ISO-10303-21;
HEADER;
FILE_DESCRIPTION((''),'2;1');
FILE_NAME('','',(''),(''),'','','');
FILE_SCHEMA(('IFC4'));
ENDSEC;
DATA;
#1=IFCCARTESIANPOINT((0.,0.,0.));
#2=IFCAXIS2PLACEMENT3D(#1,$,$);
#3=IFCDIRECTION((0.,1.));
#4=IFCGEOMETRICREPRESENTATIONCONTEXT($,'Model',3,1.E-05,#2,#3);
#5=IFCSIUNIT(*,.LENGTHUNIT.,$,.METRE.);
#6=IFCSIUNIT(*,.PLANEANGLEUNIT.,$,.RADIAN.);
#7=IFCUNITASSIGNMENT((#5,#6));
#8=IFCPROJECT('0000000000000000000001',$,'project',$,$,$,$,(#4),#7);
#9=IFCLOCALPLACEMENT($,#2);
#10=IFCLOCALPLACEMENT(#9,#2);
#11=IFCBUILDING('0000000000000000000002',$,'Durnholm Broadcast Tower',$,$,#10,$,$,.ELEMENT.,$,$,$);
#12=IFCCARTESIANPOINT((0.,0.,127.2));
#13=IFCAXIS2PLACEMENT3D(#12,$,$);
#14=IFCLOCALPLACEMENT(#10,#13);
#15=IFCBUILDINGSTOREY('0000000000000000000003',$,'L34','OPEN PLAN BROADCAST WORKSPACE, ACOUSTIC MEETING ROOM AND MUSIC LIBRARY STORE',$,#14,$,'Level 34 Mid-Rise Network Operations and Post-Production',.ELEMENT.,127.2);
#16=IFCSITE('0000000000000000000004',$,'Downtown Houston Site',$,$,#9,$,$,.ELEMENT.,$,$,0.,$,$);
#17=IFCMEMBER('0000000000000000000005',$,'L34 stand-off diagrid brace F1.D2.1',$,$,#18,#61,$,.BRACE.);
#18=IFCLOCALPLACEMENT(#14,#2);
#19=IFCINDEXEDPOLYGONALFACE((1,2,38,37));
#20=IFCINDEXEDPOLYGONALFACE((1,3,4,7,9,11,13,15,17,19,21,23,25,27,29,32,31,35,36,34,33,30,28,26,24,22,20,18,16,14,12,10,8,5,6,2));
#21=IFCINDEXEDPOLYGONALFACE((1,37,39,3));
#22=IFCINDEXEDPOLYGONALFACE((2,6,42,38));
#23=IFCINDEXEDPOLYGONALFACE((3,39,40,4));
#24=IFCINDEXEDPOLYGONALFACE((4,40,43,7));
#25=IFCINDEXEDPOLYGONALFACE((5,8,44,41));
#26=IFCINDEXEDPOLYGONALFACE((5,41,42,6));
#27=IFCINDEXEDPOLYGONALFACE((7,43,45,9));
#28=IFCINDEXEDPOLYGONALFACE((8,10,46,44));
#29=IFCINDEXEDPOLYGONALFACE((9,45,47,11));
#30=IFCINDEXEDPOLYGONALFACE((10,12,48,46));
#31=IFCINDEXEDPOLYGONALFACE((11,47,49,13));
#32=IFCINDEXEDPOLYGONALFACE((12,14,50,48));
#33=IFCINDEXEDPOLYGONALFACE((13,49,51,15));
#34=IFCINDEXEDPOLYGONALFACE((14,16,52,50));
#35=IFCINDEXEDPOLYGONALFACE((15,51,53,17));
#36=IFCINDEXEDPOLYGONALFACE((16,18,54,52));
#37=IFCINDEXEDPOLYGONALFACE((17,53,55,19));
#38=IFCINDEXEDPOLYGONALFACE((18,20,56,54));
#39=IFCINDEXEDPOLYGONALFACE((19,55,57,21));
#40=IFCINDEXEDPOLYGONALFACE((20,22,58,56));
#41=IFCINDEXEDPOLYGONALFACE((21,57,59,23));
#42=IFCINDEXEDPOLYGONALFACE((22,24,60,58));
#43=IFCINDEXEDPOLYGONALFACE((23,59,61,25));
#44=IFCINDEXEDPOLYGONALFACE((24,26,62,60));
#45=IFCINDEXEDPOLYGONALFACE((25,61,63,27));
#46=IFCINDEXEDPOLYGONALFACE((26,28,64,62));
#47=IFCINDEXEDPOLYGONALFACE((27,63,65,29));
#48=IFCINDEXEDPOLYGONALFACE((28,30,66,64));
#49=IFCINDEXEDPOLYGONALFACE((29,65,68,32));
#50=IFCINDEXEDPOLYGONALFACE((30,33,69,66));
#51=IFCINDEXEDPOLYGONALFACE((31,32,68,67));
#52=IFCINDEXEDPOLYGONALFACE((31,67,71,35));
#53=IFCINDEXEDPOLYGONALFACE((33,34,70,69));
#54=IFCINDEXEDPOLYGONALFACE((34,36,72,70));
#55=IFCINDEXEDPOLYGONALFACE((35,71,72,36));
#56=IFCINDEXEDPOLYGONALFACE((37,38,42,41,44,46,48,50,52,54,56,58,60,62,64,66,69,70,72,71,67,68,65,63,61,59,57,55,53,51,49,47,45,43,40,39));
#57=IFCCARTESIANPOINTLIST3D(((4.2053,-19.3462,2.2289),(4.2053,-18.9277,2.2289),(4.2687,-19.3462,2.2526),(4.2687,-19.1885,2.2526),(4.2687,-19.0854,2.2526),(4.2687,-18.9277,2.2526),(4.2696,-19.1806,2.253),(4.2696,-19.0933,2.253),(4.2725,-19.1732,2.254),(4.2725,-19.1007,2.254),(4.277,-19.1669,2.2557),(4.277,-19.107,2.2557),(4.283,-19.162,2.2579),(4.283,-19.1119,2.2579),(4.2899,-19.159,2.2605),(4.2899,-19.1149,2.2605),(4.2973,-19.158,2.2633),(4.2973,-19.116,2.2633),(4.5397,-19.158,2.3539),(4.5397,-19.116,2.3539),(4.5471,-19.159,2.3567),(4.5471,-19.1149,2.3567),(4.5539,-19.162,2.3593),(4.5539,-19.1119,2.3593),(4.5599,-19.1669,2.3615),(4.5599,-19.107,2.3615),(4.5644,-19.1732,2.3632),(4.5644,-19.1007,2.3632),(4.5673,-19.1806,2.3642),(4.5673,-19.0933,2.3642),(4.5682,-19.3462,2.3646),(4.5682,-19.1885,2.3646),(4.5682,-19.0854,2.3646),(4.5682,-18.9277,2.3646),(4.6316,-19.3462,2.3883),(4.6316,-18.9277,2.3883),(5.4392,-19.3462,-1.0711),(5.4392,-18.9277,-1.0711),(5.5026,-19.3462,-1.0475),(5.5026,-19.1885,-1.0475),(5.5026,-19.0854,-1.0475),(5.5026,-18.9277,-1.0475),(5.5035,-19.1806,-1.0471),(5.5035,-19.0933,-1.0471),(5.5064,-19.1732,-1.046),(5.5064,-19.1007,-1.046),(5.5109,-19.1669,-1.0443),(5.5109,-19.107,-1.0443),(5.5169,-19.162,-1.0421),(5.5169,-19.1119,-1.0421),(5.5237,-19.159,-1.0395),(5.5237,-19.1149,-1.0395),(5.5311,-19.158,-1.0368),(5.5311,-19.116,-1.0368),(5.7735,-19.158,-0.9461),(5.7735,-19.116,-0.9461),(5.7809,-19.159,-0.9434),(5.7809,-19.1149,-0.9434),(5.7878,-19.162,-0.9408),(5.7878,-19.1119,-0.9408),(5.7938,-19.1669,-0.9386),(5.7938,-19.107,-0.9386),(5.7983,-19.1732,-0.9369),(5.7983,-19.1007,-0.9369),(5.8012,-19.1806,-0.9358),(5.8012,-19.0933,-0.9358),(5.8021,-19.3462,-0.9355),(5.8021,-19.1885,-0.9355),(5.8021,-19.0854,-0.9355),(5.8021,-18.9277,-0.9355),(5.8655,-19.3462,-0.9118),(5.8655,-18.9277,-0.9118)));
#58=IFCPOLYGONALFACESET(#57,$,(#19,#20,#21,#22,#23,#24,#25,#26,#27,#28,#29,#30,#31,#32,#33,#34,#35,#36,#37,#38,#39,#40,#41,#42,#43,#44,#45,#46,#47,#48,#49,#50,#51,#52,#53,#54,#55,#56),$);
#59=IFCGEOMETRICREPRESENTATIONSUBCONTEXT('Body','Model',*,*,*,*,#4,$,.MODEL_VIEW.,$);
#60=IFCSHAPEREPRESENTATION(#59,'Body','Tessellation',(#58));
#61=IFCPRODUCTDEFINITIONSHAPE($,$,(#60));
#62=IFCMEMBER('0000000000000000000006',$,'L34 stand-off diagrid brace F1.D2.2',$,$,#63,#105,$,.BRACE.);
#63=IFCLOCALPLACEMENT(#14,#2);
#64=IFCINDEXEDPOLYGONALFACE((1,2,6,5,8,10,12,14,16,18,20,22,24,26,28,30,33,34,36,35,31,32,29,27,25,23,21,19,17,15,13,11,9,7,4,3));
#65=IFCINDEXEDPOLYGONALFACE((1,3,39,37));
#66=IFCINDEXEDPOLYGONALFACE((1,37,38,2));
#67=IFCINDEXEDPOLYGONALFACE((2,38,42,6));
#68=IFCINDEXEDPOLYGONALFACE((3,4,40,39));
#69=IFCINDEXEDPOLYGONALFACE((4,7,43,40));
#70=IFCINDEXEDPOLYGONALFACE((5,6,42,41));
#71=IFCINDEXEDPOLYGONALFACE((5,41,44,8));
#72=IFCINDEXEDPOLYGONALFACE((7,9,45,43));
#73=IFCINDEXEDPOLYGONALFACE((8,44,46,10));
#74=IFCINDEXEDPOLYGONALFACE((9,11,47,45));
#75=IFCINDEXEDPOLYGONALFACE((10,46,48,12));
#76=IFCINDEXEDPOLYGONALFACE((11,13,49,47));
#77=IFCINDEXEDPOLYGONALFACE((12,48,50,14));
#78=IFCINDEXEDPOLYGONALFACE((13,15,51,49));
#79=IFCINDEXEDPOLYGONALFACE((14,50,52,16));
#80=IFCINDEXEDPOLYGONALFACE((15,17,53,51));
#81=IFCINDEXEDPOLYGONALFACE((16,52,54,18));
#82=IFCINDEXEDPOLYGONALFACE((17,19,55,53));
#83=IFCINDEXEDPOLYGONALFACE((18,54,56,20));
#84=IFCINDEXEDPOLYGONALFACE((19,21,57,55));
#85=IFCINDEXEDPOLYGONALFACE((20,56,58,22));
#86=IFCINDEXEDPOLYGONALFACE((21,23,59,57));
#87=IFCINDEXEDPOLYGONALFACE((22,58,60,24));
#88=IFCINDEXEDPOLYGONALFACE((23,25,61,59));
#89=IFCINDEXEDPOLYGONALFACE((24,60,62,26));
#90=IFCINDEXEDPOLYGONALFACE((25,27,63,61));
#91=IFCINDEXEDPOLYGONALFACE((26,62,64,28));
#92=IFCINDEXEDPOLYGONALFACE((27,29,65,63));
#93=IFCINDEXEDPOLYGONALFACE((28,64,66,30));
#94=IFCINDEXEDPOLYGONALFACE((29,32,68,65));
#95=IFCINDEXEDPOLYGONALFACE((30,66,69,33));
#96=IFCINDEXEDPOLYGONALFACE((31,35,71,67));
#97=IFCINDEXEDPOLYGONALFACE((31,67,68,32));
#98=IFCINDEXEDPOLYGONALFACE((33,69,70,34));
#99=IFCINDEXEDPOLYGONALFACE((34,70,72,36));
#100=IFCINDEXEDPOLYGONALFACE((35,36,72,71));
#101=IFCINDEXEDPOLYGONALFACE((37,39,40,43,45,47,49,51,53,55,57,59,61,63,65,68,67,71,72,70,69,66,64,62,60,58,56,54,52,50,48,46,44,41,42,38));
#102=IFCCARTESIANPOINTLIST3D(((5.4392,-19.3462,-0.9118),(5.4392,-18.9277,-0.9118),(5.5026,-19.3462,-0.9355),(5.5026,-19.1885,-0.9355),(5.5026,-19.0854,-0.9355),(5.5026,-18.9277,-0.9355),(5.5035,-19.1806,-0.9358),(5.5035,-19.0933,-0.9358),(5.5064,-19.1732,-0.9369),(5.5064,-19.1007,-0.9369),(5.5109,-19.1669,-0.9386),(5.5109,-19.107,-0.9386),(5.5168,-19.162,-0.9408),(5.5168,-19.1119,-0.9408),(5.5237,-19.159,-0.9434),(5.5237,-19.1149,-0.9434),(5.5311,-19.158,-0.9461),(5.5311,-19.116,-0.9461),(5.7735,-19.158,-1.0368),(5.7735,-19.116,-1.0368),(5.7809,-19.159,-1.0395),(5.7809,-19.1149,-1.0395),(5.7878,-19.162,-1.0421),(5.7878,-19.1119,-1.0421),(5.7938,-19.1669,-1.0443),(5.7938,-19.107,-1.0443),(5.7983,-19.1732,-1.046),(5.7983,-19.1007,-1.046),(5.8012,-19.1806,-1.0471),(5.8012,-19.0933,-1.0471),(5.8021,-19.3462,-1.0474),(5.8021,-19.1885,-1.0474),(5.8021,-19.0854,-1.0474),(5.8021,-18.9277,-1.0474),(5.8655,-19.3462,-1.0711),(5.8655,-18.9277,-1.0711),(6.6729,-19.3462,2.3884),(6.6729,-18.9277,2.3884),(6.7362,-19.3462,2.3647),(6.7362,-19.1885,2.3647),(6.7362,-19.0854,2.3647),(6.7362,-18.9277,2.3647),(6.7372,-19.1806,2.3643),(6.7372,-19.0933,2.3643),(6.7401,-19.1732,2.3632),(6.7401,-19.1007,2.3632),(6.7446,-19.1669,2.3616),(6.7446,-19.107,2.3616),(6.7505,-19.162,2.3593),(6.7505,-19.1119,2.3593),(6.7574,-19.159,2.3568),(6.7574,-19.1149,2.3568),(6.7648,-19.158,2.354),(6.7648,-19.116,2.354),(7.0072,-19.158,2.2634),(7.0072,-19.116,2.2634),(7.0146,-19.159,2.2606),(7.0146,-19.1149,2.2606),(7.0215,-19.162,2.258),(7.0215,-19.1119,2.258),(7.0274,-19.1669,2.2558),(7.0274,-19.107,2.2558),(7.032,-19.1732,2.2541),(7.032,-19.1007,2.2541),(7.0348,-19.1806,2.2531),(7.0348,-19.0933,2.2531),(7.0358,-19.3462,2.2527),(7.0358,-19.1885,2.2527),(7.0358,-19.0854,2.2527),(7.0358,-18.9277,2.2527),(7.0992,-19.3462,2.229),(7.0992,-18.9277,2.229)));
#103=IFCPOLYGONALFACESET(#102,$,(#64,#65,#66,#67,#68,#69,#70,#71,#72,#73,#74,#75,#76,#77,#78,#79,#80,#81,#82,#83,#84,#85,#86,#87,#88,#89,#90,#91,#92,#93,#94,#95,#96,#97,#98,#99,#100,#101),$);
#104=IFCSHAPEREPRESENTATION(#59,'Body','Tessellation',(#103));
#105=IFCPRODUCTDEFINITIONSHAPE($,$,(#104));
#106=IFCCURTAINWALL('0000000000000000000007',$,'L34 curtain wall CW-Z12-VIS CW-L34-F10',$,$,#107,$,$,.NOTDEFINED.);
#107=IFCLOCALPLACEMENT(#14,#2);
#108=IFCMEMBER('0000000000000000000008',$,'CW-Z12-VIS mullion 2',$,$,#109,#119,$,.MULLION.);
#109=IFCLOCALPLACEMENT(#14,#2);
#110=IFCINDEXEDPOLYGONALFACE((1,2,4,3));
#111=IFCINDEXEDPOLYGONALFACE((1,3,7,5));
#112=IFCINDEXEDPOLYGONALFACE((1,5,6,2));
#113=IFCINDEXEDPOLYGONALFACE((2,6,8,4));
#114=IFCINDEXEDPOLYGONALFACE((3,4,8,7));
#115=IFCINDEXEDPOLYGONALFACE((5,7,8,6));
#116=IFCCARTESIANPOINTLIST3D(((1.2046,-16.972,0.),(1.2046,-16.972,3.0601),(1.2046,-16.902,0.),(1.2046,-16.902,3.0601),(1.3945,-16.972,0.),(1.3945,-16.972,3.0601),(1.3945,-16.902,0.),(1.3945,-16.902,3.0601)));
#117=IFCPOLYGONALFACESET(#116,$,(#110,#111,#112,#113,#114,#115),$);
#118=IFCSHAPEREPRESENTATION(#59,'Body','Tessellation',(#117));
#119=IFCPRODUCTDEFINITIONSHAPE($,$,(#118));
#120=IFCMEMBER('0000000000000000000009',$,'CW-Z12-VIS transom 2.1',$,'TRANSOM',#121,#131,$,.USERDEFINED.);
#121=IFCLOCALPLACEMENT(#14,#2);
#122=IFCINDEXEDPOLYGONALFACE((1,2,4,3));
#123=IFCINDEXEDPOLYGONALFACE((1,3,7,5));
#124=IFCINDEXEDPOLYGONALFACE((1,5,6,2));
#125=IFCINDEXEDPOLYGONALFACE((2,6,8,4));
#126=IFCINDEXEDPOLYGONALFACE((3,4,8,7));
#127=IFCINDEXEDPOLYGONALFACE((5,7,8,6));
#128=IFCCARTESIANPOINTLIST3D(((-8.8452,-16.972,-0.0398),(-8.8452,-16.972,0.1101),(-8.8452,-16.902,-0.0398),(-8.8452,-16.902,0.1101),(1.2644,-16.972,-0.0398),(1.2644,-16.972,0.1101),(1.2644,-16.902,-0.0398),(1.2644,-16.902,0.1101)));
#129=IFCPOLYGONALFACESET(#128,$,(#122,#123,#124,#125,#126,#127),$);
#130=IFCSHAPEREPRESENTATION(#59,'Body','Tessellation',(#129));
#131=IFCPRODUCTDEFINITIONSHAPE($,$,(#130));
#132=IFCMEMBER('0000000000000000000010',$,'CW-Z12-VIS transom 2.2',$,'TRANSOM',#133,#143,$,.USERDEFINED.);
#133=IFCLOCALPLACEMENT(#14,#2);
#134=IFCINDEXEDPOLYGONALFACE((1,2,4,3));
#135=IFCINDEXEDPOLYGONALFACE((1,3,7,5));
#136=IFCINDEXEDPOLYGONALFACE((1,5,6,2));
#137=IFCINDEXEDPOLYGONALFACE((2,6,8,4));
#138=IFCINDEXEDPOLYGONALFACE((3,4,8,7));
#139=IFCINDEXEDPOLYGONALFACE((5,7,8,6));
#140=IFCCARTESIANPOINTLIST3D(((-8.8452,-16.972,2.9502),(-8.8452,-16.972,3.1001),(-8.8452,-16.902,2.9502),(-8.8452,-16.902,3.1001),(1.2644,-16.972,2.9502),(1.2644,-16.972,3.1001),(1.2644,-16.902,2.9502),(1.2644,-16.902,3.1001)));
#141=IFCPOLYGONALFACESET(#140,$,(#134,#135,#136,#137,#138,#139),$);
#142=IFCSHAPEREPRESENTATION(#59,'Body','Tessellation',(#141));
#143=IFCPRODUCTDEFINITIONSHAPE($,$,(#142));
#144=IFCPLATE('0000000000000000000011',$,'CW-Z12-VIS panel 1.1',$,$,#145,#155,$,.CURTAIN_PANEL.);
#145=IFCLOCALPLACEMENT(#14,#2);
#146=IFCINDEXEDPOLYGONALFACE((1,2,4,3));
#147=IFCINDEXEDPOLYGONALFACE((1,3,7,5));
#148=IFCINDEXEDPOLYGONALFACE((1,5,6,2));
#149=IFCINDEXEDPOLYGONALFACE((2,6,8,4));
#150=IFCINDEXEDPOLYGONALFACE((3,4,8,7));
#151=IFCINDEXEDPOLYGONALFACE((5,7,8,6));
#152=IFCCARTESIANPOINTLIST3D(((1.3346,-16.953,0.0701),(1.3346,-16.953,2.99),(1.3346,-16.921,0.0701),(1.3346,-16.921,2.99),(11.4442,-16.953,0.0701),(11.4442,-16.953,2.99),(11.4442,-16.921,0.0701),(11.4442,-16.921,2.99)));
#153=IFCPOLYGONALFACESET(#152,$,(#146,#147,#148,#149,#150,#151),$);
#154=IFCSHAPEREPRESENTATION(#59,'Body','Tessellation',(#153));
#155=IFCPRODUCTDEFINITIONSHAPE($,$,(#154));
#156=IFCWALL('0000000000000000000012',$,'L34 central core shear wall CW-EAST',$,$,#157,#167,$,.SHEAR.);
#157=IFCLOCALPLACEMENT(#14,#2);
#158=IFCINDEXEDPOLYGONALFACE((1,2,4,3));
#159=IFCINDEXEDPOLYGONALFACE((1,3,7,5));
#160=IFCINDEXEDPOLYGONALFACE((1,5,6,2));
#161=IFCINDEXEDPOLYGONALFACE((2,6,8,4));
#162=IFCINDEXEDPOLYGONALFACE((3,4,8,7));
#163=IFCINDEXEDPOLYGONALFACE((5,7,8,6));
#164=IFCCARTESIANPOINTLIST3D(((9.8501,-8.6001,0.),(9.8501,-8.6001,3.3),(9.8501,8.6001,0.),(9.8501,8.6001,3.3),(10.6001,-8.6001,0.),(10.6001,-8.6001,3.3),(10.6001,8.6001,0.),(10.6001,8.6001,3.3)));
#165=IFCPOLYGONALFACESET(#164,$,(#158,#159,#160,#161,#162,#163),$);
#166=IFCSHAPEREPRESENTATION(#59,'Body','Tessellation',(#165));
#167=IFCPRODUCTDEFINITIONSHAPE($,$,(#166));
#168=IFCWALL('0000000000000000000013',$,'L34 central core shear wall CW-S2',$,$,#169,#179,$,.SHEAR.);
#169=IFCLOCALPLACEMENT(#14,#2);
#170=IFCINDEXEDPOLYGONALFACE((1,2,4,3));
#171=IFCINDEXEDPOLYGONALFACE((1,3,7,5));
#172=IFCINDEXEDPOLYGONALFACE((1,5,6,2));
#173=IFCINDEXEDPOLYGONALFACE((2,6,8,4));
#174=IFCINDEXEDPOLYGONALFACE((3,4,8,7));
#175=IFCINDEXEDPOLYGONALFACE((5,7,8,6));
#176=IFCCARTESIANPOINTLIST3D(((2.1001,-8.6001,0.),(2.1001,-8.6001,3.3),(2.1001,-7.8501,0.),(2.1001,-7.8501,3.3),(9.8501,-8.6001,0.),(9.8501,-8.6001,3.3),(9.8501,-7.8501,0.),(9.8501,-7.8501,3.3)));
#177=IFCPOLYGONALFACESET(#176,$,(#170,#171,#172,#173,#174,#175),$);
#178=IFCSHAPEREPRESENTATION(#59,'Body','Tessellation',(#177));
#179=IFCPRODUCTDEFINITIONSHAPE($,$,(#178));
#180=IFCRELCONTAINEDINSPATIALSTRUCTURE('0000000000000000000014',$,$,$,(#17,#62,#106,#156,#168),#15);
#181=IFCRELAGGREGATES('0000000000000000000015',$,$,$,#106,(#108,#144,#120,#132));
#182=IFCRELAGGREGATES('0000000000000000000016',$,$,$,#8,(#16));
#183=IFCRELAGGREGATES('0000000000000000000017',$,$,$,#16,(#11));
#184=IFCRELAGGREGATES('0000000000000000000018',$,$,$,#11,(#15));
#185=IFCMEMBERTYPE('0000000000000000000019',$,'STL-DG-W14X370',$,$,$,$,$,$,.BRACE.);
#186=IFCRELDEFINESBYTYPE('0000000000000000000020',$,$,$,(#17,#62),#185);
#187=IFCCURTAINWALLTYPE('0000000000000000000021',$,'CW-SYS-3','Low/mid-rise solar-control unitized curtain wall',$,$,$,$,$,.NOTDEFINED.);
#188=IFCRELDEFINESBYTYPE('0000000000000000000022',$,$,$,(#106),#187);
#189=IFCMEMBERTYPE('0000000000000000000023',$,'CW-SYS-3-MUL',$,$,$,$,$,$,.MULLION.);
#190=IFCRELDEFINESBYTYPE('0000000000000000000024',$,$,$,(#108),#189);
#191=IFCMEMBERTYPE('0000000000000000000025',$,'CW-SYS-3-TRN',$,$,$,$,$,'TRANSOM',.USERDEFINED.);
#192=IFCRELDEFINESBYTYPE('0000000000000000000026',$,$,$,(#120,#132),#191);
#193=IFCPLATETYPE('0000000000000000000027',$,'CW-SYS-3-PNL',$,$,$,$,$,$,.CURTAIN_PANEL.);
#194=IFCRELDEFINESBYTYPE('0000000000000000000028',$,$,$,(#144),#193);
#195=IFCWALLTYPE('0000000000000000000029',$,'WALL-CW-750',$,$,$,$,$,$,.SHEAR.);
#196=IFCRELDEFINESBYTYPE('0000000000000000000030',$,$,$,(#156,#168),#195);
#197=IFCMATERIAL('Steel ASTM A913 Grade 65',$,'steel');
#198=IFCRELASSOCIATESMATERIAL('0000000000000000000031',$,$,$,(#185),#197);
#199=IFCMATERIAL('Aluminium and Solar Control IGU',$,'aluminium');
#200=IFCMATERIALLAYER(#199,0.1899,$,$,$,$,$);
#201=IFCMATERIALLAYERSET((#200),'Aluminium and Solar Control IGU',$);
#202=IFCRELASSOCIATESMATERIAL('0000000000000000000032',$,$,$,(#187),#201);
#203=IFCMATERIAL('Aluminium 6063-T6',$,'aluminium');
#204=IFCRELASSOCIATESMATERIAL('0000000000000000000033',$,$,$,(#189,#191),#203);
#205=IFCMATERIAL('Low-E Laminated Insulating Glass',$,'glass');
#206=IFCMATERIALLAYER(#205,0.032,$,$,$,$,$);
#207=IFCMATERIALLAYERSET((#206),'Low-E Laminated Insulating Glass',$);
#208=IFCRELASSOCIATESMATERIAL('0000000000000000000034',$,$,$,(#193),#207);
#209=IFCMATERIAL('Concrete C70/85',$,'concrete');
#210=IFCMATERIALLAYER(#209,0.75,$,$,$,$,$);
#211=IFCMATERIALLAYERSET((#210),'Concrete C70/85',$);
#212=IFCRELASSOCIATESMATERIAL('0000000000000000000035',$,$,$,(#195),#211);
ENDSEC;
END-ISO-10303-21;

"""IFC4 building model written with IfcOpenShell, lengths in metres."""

from ifc_helpers import new_model, si_unit, direction, frame, frame_2d, origin, origin_2d, place, context, subcontext, project, spatial, rectangle, i_section, extrude, source, transform, mapped, material, layer, layer_set, material_profile, profile_set, type_object, type_shapes, element, aggregate, save


model = new_model("IFC4")

# Units and contexts
model_context = context("Model", 3, precision=1e-05, world=origin(), true_north=direction((0.0, 1.0)))
body_context = subcontext(model_context, "Body", "Model", "MODEL_VIEW")
ifc_project = project(units=[si_unit("LENGTHUNIT", "METRE"), si_unit("PLANEANGLEUNIT", "RADIAN")], contexts=[model_context])

# Site, building, storey
site_placement = place(None, origin())
site = spatial("IfcSite", under=ifc_project, at=site_placement, Name="Downtown Houston Site", CompositionType="ELEMENT", RefElevation=0.0)
building_placement = place(site_placement, origin())
building = spatial("IfcBuilding", under=site, at=building_placement, Name="Durnholm Broadcast Tower", CompositionType="ELEMENT")
storey_placement = place(building_placement, frame((0.0, 0.0, 127.2)))
storey = spatial("IfcBuildingStorey", under=building, at=storey_placement, Name="L34", Description="OPEN PLAN BROADCAST WORKSPACE, ACOUSTIC MEETING ROOM AND MUSIC LIBRARY STORE", LongName="Level 34 Mid-Rise Network Operations and Post-Production", CompositionType="ELEMENT", Elevation=127.2)

# Shared definitions
ifc_material_1 = material(Name="Concrete C70/85", Category="concrete")

# Members
ifc_material_2 = material(Name="Steel ASTM A913 Grade 65", Category="steel")
ifc_material_profile_1 = material_profile(ifc_material_2, i_section(OverallWidth=0.4185, OverallDepth=0.4551, WebThickness=0.042, FlangeThickness=0.0676, FilletRadius=0.0305, at=origin_2d()), Name="W14X370")
ifc_profile_set_1 = profile_set([ifc_material_profile_1], Name="Steel ASTM A913 Grade 65")
member_type_1 = type_object("IfcMemberType", Name="STL-DG-W14X370", PredefinedType="BRACE", material=ifc_profile_set_1)
shared_shape_1 = source(origin(), body_context, "Body", "SweptSolid", [
    extrude(i_section(OverallWidth=0.4185, OverallDepth=0.4551, WebThickness=0.042, FlangeThickness=0.0676, FilletRadius=0.0305, at=origin_2d()), origin(), (0.0, 0.0, 1.0), 3.5232),
])
type_shapes(member_type_1, [shared_shape_1])
for number, where, z_axis, x_axis, name in (
    (1, (5.6523, -19.137, -0.9915), (-0.35022, 0.0, 0.936668), (0.0, -1.0, 0.0), "L34 stand-off diagrid brace F1.D2.1"),
    (2, (5.6523, -19.137, -0.9915), (0.350159, 0.0, 0.93669), (0.0, 1.0, 0.0), "L34 stand-off diagrid brace F1.D2.2"),
):
    element("IfcMember", number, at=place(storey_placement, frame(where, z_axis=z_axis, x_axis=x_axis)), inside=storey, type_object=member_type_1, Name=name, PredefinedType="BRACE", context=body_context, shape_type="MappedRepresentation", body=[
        mapped(shared_shape_1, transform((0.0, 0.0, 0.0), x_axis=(1.0, 0.0, 0.0), y_axis=(0.0, 1.0, 0.0), z_axis=(0.0, 0.0, 1.0), scale=1.0)),
    ])

# Curtain wall, members, plate
ifc_material_3 = material(Name="Aluminium and Solar Control IGU", Category="aluminium")
ifc_layer_1 = layer(ifc_material_3, 0.1899)
ifc_layer_set_1 = layer_set([ifc_layer_1], Name="Aluminium and Solar Control IGU")
curtain_wall_type = type_object("IfcCurtainWallType", Name="CW-SYS-3", Description="Low/mid-rise solar-control unitized curtain wall", PredefinedType="NOTDEFINED", material=ifc_layer_set_1)
curtain_wall_placement = place(storey_placement, origin())
curtain_wall = element("IfcCurtainWall", 3, at=curtain_wall_placement, inside=storey, type_object=curtain_wall_type, Name="L34 curtain wall CW-Z12-VIS CW-L34-F10", PredefinedType="NOTDEFINED")
ifc_material_4 = material(Name="Aluminium 6063-T6", Category="aluminium")
ifc_material_profile_2 = material_profile(ifc_material_4, rectangle(XDim=0.0701, YDim=0.1899, at=origin_2d()), Name="CWM70X190")
ifc_profile_set_2 = profile_set([ifc_material_profile_2], Name="Aluminium 6063-T6")
member_type_2 = type_object("IfcMemberType", Name="CW-SYS-3-MUL", PredefinedType="MULLION", material=ifc_profile_set_2)
shared_shape_2 = source(origin(), body_context, "Body", "SweptSolid", [
    extrude(rectangle(XDim=0.0701, YDim=0.1899, at=origin_2d()), origin(), (0.0, 0.0, 1.0), 3.0601),
])
type_shapes(member_type_2, [shared_shape_2])
member_1_placement = place(storey_placement, frame((1.2996, -16.937, 0.0), z_axis=(0.0, 0.0, 1.0), x_axis=(0.0, -1.0, 0.0)))
member_1 = element("IfcMember", 4, at=member_1_placement, type_object=member_type_2, Name="CW-Z12-VIS mullion 2", PredefinedType="MULLION", context=body_context, shape_type="MappedRepresentation", body=[
    mapped(shared_shape_2, transform((0.0, 0.0, 0.0), x_axis=(1.0, 0.0, 0.0), y_axis=(0.0, 1.0, 0.0), z_axis=(0.0, 0.0, 1.0), scale=1.0)),
])
ifc_material_profile_3 = material_profile(ifc_material_4, rectangle(XDim=0.0701, YDim=0.1499, at=origin_2d()), Name="CWT70X150")
ifc_profile_set_3 = profile_set([ifc_material_profile_3], Name="Aluminium 6063-T6")
member_type_3 = type_object("IfcMemberType", Name="CW-SYS-3-TRN", ElementType="TRANSOM", PredefinedType="USERDEFINED", material=ifc_profile_set_3)
shared_shape_3 = source(origin(), body_context, "Body", "SweptSolid", [
    extrude(rectangle(XDim=0.0701, YDim=0.1499, at=origin_2d()), origin(), (0.0, 0.0, 1.0), 10.1096),
])
type_shapes(member_type_3, [shared_shape_3])
member_2_placement = place(storey_placement, frame((1.2644, -16.937, 0.0352), z_axis=(-1.0, 0.0, 0.0), x_axis=(0.0, -1.0, 0.0)))
member_2 = element("IfcMember", 5, at=member_2_placement, type_object=member_type_3, Name="CW-Z12-VIS transom 2.1", ObjectType="TRANSOM", PredefinedType="USERDEFINED", context=body_context, shape_type="MappedRepresentation", body=[
    mapped(shared_shape_3, transform((0.0, 0.0, 0.0), x_axis=(1.0, 0.0, 0.0), y_axis=(0.0, 1.0, 0.0), z_axis=(0.0, 0.0, 1.0), scale=1.0)),
])
member_3_placement = place(storey_placement, frame((1.2644, -16.937, 3.0251), z_axis=(-1.0, 0.0, 0.0), x_axis=(0.0, -1.0, 0.0)))
member_3 = element("IfcMember", 6, at=member_3_placement, type_object=member_type_3, Name="CW-Z12-VIS transom 2.2", ObjectType="TRANSOM", PredefinedType="USERDEFINED", context=body_context, shape_type="MappedRepresentation", body=[
    mapped(shared_shape_3, transform((0.0, 0.0, 0.0), x_axis=(1.0, 0.0, 0.0), y_axis=(0.0, 1.0, 0.0), z_axis=(0.0, 0.0, 1.0), scale=1.0)),
])
ifc_material_5 = material(Name="Low-E Laminated Insulating Glass", Category="glass")
ifc_layer_2 = layer(ifc_material_5, 0.032)
ifc_layer_set_2 = layer_set([ifc_layer_2], Name="Low-E Laminated Insulating Glass")
plate_type = type_object("IfcPlateType", Name="CW-SYS-3-PNL", PredefinedType="CURTAIN_PANEL", material=ifc_layer_set_2)
shared_shape_4 = source(origin(), body_context, "Body", "SweptSolid", [
    extrude(rectangle(XDim=10.1096, YDim=0.032, at=origin_2d()), origin(), (0.0, 0.0, 1.0), 2.9199),
])
type_shapes(plate_type, [shared_shape_4])
plate_placement = place(storey_placement, frame((6.3894, -16.937, 0.0701), z_axis=(0.0, 0.0, 1.0), x_axis=(-1.0, 0.0, 0.0)))
plate = element("IfcPlate", 7, at=plate_placement, type_object=plate_type, Name="CW-Z12-VIS panel 1.1", PredefinedType="CURTAIN_PANEL", context=body_context, shape_type="MappedRepresentation", body=[
    mapped(shared_shape_4, transform((0.0, 0.0, 0.0), x_axis=(1.0, 0.0, 0.0), y_axis=(0.0, 1.0, 0.0), z_axis=(0.0, 0.0, 1.0), scale=1.0)),
])
aggregate(curtain_wall, [member_1, plate, member_2, member_3])

# Walls
ifc_layer_3 = layer(ifc_material_1, 0.75)
ifc_layer_set_3 = layer_set([ifc_layer_3], Name="Concrete C70/85")
wall_type_1 = type_object("IfcWallType", Name="WALL-CW-750", PredefinedType="SHEAR", material=ifc_layer_set_3)
wall_1_placement = place(storey_placement, frame((10.2251, -8.6001, 0.0), z_axis=(0.0, 0.0, 1.0), x_axis=(0.0, 1.0, 0.0)))
element("IfcWall", 8, at=wall_1_placement, inside=storey, type_object=wall_type_1, Name="L34 central core shear wall CW-EAST", PredefinedType="SHEAR", context=body_context, shape_type="SweptSolid", body=[
    extrude(rectangle(XDim=17.2002, YDim=0.75, at=frame_2d((8.6001, 0.0))), origin(), (0.0, 0.0, 1.0), 3.3),
])
wall_2_placement = place(storey_placement, frame((2.1001, -8.2251, 0.0), z_axis=(0.0, 0.0, 1.0), x_axis=(1.0, 0.0, 0.0)))
element("IfcWall", 9, at=wall_2_placement, inside=storey, type_object=wall_type_1, Name="L34 central core shear wall CW-S2", PredefinedType="SHEAR", context=body_context, shape_type="SweptSolid", body=[
    extrude(rectangle(XDim=7.75, YDim=0.75, at=frame_2d((3.875, 0.0))), origin(), (0.0, 0.0, 1.0), 3.3),
])

save(model, "model.ifc")
